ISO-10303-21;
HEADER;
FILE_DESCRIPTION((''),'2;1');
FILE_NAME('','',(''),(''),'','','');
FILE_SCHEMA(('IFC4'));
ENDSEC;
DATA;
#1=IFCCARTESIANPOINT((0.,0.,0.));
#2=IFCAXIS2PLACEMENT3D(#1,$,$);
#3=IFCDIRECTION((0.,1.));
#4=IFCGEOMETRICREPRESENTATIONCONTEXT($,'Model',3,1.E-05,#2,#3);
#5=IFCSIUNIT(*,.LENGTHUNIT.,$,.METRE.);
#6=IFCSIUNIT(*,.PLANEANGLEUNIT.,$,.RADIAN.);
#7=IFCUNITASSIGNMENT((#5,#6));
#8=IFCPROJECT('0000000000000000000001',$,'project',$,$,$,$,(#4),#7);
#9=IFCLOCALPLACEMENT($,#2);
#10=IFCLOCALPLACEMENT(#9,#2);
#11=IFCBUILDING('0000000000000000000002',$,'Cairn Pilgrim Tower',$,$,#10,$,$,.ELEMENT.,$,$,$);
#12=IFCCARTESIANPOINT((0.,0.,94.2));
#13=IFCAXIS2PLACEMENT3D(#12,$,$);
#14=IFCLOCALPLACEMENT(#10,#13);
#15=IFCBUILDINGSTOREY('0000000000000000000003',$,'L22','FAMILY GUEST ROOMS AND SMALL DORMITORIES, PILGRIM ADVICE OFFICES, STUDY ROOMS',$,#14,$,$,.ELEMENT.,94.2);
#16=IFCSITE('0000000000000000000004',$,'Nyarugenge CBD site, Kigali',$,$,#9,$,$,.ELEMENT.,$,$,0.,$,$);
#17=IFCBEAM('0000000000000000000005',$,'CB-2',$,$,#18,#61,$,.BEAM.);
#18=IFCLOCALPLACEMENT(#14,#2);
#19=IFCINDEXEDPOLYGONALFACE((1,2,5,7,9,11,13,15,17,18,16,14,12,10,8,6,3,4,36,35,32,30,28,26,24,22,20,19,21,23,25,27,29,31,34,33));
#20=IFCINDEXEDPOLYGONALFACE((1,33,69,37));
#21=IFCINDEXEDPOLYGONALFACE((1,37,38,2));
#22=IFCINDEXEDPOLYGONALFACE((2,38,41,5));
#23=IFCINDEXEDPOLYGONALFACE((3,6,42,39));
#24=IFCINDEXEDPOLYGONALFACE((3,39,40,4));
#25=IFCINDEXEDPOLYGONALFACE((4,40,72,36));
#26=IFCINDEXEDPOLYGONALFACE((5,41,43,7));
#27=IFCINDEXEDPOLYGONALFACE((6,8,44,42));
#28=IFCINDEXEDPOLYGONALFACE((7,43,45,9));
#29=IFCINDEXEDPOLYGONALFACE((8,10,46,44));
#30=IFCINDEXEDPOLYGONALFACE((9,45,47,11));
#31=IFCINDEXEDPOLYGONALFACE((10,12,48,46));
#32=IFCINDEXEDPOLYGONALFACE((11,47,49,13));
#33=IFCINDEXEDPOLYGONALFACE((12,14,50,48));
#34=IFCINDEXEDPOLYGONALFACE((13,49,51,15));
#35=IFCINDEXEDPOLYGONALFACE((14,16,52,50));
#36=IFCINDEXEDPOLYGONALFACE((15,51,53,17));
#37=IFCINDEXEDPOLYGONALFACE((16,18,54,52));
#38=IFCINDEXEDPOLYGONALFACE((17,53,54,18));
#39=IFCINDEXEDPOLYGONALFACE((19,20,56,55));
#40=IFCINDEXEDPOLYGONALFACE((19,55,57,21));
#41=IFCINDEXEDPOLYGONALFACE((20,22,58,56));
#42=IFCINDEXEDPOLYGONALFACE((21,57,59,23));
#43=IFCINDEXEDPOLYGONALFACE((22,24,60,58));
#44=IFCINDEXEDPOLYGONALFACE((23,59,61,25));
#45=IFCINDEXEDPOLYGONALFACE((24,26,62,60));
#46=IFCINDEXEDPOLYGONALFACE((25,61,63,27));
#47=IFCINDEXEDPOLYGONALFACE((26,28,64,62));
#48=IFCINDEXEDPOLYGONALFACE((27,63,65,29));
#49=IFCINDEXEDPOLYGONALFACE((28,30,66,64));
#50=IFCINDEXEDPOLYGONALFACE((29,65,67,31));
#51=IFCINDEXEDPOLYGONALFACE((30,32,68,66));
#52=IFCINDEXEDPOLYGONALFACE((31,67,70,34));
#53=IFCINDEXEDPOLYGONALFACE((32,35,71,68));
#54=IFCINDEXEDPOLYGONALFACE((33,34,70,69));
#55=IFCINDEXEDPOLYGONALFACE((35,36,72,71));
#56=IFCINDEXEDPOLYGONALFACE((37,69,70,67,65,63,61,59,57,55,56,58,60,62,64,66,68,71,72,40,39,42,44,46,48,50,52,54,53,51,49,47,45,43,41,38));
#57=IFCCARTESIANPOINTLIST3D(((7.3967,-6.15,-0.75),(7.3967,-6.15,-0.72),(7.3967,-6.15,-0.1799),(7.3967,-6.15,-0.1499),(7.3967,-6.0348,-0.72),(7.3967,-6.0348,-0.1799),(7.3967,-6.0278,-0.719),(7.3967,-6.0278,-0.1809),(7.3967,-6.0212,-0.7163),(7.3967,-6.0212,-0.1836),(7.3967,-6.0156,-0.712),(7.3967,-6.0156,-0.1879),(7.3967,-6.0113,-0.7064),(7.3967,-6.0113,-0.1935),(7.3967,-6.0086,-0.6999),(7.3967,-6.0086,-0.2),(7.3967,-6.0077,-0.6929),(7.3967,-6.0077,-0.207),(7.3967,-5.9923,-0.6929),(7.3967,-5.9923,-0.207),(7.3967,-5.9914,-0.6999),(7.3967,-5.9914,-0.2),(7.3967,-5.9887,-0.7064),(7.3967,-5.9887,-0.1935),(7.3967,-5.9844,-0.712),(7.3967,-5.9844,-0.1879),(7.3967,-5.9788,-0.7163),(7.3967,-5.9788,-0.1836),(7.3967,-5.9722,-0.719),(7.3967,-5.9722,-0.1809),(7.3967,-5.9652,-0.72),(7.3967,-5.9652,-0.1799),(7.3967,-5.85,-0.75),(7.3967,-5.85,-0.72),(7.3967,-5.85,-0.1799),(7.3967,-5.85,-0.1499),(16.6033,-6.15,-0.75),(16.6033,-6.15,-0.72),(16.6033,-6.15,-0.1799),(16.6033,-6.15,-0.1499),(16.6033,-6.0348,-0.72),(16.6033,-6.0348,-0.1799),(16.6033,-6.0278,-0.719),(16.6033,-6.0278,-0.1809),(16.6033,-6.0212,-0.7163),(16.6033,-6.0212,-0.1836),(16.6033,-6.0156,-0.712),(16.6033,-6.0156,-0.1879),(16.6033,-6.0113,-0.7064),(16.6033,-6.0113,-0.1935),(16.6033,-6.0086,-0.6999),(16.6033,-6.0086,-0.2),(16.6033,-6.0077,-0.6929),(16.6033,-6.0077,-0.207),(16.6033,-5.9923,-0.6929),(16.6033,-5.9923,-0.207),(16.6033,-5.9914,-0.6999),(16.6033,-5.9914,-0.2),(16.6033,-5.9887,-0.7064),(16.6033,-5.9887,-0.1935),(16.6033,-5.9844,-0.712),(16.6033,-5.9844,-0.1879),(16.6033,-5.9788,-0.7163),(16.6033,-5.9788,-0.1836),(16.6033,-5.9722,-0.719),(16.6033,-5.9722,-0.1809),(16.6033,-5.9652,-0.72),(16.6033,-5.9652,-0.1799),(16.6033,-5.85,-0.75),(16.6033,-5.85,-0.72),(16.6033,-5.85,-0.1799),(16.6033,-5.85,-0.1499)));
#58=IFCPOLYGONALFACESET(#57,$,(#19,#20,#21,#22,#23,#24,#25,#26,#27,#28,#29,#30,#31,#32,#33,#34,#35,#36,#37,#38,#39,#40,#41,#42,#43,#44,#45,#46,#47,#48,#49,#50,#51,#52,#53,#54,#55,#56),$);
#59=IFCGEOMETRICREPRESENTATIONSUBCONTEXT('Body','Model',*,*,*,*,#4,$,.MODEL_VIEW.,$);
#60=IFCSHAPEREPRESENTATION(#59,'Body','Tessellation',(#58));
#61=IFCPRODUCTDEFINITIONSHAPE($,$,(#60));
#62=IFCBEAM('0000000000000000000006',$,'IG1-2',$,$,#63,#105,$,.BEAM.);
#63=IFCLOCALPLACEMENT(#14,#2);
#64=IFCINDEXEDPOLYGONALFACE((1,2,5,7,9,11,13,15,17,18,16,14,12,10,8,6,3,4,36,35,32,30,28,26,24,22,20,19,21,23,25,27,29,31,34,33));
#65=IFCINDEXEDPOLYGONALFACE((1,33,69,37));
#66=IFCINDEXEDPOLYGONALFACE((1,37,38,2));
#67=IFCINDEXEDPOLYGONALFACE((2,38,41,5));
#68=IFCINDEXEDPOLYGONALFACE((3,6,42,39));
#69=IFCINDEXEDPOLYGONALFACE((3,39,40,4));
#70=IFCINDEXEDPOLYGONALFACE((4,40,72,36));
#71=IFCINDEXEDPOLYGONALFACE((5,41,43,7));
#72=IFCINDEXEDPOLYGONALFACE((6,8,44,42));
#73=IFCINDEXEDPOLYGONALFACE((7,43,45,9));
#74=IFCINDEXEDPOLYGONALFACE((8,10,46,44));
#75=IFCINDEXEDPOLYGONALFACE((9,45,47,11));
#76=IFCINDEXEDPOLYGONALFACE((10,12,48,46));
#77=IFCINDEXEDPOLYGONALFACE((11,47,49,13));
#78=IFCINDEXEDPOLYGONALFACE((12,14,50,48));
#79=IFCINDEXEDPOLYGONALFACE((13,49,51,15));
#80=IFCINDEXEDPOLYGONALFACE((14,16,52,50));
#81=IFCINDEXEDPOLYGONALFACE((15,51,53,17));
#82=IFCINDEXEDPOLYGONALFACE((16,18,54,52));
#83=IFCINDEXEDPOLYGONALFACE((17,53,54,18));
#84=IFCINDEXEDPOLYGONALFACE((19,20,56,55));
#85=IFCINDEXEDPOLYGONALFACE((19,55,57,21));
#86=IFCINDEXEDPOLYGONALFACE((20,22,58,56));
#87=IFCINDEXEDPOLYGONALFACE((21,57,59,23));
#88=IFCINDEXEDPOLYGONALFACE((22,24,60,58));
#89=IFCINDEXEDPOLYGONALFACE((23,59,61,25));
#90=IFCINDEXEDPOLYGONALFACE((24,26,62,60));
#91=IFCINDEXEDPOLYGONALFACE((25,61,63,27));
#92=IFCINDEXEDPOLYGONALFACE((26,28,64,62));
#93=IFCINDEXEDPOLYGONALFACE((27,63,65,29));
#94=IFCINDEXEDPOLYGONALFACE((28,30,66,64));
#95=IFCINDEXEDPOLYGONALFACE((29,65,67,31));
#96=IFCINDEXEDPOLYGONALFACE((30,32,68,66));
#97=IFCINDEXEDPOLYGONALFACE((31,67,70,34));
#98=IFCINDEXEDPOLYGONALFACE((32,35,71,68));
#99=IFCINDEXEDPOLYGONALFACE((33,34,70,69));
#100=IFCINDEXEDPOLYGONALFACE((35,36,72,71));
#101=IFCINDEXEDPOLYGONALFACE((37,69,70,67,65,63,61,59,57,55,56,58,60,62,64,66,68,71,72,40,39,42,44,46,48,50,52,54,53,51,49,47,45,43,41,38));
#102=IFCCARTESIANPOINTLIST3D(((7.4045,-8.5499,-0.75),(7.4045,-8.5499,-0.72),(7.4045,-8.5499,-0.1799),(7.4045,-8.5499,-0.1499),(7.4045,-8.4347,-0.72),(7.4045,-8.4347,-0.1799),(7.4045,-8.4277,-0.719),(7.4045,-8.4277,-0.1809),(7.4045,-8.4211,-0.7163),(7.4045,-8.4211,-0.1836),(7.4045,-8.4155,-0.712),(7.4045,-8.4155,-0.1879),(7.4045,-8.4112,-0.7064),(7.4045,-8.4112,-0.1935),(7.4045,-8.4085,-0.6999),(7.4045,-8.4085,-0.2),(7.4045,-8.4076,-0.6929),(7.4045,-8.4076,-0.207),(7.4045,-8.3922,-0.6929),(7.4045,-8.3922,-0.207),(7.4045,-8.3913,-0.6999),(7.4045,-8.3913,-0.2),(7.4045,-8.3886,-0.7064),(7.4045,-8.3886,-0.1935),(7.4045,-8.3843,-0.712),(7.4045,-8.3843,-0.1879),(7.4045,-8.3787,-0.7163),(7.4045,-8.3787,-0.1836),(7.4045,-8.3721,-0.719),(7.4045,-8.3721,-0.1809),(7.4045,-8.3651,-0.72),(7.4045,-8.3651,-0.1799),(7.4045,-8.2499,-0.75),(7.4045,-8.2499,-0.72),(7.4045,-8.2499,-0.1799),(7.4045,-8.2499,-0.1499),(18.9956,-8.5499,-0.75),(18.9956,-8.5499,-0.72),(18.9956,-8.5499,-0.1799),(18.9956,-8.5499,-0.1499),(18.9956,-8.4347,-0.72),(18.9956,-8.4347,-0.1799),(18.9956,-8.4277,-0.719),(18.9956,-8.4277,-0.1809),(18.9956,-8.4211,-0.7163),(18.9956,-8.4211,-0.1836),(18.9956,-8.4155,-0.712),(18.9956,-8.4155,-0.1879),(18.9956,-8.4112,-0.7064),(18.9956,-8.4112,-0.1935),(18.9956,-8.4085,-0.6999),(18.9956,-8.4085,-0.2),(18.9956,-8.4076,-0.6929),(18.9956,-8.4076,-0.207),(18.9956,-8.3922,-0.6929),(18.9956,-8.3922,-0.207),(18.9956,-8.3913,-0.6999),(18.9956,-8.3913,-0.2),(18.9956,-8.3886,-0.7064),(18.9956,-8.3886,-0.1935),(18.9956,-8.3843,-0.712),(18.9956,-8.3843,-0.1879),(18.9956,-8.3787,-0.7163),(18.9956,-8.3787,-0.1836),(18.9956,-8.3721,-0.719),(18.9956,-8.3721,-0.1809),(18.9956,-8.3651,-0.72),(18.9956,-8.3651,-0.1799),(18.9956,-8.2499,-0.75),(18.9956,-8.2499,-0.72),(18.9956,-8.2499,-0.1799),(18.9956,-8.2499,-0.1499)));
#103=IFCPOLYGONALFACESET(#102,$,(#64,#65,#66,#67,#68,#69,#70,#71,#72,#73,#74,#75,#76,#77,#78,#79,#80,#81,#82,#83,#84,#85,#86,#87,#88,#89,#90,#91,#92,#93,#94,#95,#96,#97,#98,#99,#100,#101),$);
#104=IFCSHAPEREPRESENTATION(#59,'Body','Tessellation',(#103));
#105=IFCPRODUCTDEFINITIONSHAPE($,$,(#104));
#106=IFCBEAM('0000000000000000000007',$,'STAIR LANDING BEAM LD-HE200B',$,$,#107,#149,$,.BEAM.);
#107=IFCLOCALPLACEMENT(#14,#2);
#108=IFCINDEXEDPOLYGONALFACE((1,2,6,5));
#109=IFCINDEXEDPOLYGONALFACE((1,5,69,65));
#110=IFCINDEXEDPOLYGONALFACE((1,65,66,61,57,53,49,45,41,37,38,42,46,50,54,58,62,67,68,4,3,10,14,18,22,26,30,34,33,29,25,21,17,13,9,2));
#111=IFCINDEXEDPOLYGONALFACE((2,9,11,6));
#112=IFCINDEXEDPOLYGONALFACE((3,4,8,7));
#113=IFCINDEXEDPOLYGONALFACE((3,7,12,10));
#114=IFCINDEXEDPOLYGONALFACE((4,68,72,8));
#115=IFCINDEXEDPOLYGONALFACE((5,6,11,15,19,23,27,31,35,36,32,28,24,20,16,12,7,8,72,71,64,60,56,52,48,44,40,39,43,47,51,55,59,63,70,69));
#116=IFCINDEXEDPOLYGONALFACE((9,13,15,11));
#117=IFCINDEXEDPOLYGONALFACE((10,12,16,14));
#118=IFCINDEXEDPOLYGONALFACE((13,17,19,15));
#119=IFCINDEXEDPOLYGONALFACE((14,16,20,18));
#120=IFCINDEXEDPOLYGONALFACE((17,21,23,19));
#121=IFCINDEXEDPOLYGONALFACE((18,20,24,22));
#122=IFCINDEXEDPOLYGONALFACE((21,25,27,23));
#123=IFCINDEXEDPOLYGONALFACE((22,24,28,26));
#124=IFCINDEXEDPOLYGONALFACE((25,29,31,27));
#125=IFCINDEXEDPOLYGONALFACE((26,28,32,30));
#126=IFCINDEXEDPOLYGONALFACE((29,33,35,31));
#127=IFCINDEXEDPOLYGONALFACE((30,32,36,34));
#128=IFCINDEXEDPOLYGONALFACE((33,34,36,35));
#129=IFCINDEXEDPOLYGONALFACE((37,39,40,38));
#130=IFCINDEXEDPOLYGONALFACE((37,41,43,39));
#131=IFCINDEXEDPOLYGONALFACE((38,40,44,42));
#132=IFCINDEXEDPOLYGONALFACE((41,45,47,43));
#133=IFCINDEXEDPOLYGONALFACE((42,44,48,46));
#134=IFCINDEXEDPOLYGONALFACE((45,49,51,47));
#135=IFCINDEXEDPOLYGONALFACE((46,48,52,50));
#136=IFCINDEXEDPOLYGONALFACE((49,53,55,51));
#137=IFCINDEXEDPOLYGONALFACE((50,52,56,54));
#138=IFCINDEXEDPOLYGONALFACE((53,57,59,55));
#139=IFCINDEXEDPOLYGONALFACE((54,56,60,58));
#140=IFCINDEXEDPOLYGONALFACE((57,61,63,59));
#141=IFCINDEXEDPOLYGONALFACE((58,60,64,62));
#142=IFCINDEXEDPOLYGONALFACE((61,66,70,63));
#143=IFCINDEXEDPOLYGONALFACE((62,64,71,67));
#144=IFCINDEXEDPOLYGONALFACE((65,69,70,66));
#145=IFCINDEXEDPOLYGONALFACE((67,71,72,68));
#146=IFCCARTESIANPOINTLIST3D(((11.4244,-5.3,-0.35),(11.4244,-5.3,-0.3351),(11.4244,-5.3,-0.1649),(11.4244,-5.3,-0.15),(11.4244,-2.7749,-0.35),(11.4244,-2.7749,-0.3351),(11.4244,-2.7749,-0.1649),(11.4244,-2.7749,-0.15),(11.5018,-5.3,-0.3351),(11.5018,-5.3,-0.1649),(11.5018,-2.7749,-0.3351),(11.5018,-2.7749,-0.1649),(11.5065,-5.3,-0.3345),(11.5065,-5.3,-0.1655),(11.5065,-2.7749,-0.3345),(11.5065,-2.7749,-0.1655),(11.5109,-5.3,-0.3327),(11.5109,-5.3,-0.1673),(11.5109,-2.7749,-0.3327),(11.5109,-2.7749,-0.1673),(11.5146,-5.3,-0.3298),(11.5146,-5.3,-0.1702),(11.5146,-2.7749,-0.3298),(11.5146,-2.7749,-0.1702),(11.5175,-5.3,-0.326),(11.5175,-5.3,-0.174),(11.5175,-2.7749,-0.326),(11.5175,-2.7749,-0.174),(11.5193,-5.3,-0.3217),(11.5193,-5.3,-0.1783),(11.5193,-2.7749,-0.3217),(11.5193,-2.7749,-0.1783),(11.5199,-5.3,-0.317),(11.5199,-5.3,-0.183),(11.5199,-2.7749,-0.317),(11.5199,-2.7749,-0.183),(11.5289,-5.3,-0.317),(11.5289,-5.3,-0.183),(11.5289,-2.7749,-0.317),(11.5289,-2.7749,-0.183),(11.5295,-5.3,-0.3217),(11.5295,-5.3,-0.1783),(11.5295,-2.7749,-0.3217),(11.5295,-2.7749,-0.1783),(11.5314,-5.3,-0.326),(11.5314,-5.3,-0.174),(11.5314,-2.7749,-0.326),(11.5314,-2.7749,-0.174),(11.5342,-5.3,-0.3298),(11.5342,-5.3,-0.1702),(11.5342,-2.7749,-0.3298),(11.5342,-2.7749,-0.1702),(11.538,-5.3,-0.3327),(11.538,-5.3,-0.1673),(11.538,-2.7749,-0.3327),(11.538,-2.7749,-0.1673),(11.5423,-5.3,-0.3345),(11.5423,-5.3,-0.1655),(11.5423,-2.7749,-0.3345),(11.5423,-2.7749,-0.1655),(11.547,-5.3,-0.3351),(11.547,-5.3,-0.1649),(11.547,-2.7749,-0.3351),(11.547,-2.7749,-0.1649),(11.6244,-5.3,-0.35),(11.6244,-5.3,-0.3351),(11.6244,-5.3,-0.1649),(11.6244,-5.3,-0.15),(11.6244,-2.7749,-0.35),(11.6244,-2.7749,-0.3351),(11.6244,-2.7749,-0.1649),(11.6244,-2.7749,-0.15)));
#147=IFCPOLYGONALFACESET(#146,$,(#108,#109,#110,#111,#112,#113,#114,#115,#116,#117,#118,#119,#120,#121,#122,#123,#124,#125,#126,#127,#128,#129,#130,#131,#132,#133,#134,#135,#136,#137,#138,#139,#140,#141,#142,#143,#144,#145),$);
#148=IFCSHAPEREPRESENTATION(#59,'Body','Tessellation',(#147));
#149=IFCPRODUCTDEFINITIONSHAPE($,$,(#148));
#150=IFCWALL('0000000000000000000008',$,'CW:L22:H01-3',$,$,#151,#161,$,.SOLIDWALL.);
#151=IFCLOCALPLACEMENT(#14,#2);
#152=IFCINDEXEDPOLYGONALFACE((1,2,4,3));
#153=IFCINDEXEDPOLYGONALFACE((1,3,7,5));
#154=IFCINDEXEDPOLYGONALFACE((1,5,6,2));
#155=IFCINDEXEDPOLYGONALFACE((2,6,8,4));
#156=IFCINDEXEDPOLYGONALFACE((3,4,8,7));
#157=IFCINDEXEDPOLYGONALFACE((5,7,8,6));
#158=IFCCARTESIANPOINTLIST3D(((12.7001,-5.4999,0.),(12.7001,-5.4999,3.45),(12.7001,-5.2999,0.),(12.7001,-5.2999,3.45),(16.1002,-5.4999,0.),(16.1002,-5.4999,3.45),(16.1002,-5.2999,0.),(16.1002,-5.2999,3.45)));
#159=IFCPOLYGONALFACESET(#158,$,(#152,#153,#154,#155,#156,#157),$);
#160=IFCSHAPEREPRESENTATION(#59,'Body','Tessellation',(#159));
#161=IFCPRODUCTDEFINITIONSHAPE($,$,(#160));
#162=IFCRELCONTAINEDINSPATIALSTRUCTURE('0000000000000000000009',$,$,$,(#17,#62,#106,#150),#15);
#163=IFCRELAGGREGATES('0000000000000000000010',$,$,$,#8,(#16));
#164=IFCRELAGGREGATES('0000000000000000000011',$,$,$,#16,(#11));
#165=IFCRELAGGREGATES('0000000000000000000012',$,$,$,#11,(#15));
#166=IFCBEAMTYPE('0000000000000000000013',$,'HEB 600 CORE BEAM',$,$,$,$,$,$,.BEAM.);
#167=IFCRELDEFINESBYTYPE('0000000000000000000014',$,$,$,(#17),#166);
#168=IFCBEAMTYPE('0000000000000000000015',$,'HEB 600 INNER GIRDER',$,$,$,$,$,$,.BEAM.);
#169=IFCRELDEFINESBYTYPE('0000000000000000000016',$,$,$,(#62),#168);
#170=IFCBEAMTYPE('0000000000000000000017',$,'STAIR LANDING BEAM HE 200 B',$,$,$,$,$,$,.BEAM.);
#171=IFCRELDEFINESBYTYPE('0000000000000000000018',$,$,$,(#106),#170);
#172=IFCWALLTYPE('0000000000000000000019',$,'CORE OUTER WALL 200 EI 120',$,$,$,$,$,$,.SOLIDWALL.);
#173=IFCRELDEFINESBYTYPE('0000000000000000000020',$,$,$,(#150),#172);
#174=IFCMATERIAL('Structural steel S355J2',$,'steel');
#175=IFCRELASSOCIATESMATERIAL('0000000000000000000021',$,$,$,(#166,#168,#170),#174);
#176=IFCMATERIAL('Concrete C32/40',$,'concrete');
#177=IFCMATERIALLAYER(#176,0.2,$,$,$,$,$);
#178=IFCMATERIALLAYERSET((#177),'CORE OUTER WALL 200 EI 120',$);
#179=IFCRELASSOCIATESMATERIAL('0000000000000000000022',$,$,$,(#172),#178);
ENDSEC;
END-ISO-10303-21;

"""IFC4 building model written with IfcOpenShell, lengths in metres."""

from ifc_helpers import new_model, si_unit, direction, frame, frame_2d, origin, origin_2d, place, context, subcontext, project, spatial, rectangle, i_section, extrude, material, layer, layer_set, material_profile, profile_set, type_object, element, save


model = new_model("IFC4")

# Units and contexts
model_context = context("Model", 3, precision=1e-05, world=origin(), true_north=direction((0.0, 1.0)))
body_context = subcontext(model_context, "Body", "Model", "MODEL_VIEW")
ifc_project = project(units=[si_unit("LENGTHUNIT", "METRE"), si_unit("PLANEANGLEUNIT", "RADIAN")], contexts=[model_context])

# Site, building, storey
site_placement = place(None, origin())
site = spatial("IfcSite", under=ifc_project, at=site_placement, Name="Nyarugenge CBD site, Kigali", CompositionType="ELEMENT", RefElevation=0.0)
building_placement = place(site_placement, origin())
building = spatial("IfcBuilding", under=site, at=building_placement, Name="Cairn Pilgrim Tower", CompositionType="ELEMENT")
storey_placement = place(building_placement, frame((0.0, 0.0, 94.2)))
storey = spatial("IfcBuildingStorey", under=building, at=storey_placement, Name="L22", Description="FAMILY GUEST ROOMS AND SMALL DORMITORIES, PILGRIM ADVICE OFFICES, STUDY ROOMS", CompositionType="ELEMENT", Elevation=94.2)

# Beams
ifc_material_1 = material(Name="Structural steel S355J2", Category="steel")
ifc_material_profile_1 = material_profile(ifc_material_1, i_section(OverallWidth=0.3, OverallDepth=0.6001, WebThickness=0.0154, FlangeThickness=0.03, FilletRadius=0.0271, at=origin_2d()), Name="HEB 600")
ifc_profile_set_1 = profile_set([ifc_material_profile_1], Name="Structural steel S355J2")
beam_type_1 = type_object("IfcBeamType", Name="HEB 600 CORE BEAM", PredefinedType="BEAM", material=ifc_profile_set_1)
beam_1_placement = place(storey_placement, frame((7.3967, -6.0, -0.45), z_axis=(1.0, 0.0, 0.0), x_axis=(0.0, 1.0, 0.0)))
element("IfcBeam", 1, at=beam_1_placement, inside=storey, type_object=beam_type_1, Name="CB-2", PredefinedType="BEAM", context=body_context, shape_type="SweptSolid", body=[
    extrude(i_section(OverallWidth=0.3, OverallDepth=0.6001, WebThickness=0.0154, FlangeThickness=0.03, FilletRadius=0.0271, at=origin_2d()), origin(), (0.0, 0.0, 1.0), 9.2065),
])
ifc_material_profile_2 = material_profile(ifc_material_1, i_section(OverallWidth=0.3, OverallDepth=0.6001, WebThickness=0.0154, FlangeThickness=0.03, FilletRadius=0.0271, at=origin_2d()), Name="HEB 600")
ifc_profile_set_2 = profile_set([ifc_material_profile_2], Name="Structural steel S355J2")
beam_type_2 = type_object("IfcBeamType", Name="HEB 600 INNER GIRDER", PredefinedType="BEAM", material=ifc_profile_set_2)
beam_2_placement = place(storey_placement, frame((7.4045, -8.3999, -0.45), z_axis=(1.0, 0.0, 0.0), x_axis=(0.0, 1.0, 0.0)))
element("IfcBeam", 2, at=beam_2_placement, inside=storey, type_object=beam_type_2, Name="IG1-2", PredefinedType="BEAM", context=body_context, shape_type="SweptSolid", body=[
    extrude(i_section(OverallWidth=0.3, OverallDepth=0.6001, WebThickness=0.0154, FlangeThickness=0.03, FilletRadius=0.0271, at=origin_2d()), origin(), (0.0, 0.0, 1.0), 11.5911),
])
ifc_material_profile_3 = material_profile(ifc_material_1, i_section(OverallWidth=0.2, OverallDepth=0.2, WebThickness=0.009, FlangeThickness=0.0149, FilletRadius=0.0181, at=origin_2d()), Name="HE 200 B")
ifc_profile_set_3 = profile_set([ifc_material_profile_3], Name="Structural steel S355J2")
beam_type_3 = type_object("IfcBeamType", Name="STAIR LANDING BEAM HE 200 B", PredefinedType="BEAM", material=ifc_profile_set_3)
beam_3_placement = place(storey_placement, frame((11.5244, -2.7749, -0.25), z_axis=(0.0, -1.0, 0.0), x_axis=(1.0, 0.0, 0.0)))
element("IfcBeam", 3, at=beam_3_placement, inside=storey, type_object=beam_type_3, Name="STAIR LANDING BEAM LD-HE200B", PredefinedType="BEAM", context=body_context, shape_type="SweptSolid", body=[
    extrude(i_section(OverallWidth=0.2, OverallDepth=0.2, WebThickness=0.009, FlangeThickness=0.0149, FilletRadius=0.0181, at=origin_2d()), origin(), (0.0, 0.0, 1.0), 2.5251),
])

# Wall
ifc_material_2 = material(Name="Concrete C32/40", Category="concrete")
ifc_layer_1 = layer(ifc_material_2, 0.2)
ifc_layer_set_1 = layer_set([ifc_layer_1], Name="CORE OUTER WALL 200 EI 120")
wall_type_1 = type_object("IfcWallType", Name="CORE OUTER WALL 200 EI 120", PredefinedType="SOLIDWALL", material=ifc_layer_set_1)
wall_1_placement = place(storey_placement, frame((12.7, -5.3999, 0.0), z_axis=(0.0, 0.0, 1.0), x_axis=(1.0, 0.0, 0.0)))
element("IfcWall", 4, at=wall_1_placement, inside=storey, type_object=wall_type_1, Name="CW:L22:H01-3", PredefinedType="SOLIDWALL", context=body_context, shape_type="SweptSolid", body=[
    extrude(rectangle(XDim=3.4001, YDim=0.2, at=frame_2d((1.7002, 0.0))), origin(), (0.0, 0.0, 1.0), 3.45),
])

save(model, "model.ifc")
